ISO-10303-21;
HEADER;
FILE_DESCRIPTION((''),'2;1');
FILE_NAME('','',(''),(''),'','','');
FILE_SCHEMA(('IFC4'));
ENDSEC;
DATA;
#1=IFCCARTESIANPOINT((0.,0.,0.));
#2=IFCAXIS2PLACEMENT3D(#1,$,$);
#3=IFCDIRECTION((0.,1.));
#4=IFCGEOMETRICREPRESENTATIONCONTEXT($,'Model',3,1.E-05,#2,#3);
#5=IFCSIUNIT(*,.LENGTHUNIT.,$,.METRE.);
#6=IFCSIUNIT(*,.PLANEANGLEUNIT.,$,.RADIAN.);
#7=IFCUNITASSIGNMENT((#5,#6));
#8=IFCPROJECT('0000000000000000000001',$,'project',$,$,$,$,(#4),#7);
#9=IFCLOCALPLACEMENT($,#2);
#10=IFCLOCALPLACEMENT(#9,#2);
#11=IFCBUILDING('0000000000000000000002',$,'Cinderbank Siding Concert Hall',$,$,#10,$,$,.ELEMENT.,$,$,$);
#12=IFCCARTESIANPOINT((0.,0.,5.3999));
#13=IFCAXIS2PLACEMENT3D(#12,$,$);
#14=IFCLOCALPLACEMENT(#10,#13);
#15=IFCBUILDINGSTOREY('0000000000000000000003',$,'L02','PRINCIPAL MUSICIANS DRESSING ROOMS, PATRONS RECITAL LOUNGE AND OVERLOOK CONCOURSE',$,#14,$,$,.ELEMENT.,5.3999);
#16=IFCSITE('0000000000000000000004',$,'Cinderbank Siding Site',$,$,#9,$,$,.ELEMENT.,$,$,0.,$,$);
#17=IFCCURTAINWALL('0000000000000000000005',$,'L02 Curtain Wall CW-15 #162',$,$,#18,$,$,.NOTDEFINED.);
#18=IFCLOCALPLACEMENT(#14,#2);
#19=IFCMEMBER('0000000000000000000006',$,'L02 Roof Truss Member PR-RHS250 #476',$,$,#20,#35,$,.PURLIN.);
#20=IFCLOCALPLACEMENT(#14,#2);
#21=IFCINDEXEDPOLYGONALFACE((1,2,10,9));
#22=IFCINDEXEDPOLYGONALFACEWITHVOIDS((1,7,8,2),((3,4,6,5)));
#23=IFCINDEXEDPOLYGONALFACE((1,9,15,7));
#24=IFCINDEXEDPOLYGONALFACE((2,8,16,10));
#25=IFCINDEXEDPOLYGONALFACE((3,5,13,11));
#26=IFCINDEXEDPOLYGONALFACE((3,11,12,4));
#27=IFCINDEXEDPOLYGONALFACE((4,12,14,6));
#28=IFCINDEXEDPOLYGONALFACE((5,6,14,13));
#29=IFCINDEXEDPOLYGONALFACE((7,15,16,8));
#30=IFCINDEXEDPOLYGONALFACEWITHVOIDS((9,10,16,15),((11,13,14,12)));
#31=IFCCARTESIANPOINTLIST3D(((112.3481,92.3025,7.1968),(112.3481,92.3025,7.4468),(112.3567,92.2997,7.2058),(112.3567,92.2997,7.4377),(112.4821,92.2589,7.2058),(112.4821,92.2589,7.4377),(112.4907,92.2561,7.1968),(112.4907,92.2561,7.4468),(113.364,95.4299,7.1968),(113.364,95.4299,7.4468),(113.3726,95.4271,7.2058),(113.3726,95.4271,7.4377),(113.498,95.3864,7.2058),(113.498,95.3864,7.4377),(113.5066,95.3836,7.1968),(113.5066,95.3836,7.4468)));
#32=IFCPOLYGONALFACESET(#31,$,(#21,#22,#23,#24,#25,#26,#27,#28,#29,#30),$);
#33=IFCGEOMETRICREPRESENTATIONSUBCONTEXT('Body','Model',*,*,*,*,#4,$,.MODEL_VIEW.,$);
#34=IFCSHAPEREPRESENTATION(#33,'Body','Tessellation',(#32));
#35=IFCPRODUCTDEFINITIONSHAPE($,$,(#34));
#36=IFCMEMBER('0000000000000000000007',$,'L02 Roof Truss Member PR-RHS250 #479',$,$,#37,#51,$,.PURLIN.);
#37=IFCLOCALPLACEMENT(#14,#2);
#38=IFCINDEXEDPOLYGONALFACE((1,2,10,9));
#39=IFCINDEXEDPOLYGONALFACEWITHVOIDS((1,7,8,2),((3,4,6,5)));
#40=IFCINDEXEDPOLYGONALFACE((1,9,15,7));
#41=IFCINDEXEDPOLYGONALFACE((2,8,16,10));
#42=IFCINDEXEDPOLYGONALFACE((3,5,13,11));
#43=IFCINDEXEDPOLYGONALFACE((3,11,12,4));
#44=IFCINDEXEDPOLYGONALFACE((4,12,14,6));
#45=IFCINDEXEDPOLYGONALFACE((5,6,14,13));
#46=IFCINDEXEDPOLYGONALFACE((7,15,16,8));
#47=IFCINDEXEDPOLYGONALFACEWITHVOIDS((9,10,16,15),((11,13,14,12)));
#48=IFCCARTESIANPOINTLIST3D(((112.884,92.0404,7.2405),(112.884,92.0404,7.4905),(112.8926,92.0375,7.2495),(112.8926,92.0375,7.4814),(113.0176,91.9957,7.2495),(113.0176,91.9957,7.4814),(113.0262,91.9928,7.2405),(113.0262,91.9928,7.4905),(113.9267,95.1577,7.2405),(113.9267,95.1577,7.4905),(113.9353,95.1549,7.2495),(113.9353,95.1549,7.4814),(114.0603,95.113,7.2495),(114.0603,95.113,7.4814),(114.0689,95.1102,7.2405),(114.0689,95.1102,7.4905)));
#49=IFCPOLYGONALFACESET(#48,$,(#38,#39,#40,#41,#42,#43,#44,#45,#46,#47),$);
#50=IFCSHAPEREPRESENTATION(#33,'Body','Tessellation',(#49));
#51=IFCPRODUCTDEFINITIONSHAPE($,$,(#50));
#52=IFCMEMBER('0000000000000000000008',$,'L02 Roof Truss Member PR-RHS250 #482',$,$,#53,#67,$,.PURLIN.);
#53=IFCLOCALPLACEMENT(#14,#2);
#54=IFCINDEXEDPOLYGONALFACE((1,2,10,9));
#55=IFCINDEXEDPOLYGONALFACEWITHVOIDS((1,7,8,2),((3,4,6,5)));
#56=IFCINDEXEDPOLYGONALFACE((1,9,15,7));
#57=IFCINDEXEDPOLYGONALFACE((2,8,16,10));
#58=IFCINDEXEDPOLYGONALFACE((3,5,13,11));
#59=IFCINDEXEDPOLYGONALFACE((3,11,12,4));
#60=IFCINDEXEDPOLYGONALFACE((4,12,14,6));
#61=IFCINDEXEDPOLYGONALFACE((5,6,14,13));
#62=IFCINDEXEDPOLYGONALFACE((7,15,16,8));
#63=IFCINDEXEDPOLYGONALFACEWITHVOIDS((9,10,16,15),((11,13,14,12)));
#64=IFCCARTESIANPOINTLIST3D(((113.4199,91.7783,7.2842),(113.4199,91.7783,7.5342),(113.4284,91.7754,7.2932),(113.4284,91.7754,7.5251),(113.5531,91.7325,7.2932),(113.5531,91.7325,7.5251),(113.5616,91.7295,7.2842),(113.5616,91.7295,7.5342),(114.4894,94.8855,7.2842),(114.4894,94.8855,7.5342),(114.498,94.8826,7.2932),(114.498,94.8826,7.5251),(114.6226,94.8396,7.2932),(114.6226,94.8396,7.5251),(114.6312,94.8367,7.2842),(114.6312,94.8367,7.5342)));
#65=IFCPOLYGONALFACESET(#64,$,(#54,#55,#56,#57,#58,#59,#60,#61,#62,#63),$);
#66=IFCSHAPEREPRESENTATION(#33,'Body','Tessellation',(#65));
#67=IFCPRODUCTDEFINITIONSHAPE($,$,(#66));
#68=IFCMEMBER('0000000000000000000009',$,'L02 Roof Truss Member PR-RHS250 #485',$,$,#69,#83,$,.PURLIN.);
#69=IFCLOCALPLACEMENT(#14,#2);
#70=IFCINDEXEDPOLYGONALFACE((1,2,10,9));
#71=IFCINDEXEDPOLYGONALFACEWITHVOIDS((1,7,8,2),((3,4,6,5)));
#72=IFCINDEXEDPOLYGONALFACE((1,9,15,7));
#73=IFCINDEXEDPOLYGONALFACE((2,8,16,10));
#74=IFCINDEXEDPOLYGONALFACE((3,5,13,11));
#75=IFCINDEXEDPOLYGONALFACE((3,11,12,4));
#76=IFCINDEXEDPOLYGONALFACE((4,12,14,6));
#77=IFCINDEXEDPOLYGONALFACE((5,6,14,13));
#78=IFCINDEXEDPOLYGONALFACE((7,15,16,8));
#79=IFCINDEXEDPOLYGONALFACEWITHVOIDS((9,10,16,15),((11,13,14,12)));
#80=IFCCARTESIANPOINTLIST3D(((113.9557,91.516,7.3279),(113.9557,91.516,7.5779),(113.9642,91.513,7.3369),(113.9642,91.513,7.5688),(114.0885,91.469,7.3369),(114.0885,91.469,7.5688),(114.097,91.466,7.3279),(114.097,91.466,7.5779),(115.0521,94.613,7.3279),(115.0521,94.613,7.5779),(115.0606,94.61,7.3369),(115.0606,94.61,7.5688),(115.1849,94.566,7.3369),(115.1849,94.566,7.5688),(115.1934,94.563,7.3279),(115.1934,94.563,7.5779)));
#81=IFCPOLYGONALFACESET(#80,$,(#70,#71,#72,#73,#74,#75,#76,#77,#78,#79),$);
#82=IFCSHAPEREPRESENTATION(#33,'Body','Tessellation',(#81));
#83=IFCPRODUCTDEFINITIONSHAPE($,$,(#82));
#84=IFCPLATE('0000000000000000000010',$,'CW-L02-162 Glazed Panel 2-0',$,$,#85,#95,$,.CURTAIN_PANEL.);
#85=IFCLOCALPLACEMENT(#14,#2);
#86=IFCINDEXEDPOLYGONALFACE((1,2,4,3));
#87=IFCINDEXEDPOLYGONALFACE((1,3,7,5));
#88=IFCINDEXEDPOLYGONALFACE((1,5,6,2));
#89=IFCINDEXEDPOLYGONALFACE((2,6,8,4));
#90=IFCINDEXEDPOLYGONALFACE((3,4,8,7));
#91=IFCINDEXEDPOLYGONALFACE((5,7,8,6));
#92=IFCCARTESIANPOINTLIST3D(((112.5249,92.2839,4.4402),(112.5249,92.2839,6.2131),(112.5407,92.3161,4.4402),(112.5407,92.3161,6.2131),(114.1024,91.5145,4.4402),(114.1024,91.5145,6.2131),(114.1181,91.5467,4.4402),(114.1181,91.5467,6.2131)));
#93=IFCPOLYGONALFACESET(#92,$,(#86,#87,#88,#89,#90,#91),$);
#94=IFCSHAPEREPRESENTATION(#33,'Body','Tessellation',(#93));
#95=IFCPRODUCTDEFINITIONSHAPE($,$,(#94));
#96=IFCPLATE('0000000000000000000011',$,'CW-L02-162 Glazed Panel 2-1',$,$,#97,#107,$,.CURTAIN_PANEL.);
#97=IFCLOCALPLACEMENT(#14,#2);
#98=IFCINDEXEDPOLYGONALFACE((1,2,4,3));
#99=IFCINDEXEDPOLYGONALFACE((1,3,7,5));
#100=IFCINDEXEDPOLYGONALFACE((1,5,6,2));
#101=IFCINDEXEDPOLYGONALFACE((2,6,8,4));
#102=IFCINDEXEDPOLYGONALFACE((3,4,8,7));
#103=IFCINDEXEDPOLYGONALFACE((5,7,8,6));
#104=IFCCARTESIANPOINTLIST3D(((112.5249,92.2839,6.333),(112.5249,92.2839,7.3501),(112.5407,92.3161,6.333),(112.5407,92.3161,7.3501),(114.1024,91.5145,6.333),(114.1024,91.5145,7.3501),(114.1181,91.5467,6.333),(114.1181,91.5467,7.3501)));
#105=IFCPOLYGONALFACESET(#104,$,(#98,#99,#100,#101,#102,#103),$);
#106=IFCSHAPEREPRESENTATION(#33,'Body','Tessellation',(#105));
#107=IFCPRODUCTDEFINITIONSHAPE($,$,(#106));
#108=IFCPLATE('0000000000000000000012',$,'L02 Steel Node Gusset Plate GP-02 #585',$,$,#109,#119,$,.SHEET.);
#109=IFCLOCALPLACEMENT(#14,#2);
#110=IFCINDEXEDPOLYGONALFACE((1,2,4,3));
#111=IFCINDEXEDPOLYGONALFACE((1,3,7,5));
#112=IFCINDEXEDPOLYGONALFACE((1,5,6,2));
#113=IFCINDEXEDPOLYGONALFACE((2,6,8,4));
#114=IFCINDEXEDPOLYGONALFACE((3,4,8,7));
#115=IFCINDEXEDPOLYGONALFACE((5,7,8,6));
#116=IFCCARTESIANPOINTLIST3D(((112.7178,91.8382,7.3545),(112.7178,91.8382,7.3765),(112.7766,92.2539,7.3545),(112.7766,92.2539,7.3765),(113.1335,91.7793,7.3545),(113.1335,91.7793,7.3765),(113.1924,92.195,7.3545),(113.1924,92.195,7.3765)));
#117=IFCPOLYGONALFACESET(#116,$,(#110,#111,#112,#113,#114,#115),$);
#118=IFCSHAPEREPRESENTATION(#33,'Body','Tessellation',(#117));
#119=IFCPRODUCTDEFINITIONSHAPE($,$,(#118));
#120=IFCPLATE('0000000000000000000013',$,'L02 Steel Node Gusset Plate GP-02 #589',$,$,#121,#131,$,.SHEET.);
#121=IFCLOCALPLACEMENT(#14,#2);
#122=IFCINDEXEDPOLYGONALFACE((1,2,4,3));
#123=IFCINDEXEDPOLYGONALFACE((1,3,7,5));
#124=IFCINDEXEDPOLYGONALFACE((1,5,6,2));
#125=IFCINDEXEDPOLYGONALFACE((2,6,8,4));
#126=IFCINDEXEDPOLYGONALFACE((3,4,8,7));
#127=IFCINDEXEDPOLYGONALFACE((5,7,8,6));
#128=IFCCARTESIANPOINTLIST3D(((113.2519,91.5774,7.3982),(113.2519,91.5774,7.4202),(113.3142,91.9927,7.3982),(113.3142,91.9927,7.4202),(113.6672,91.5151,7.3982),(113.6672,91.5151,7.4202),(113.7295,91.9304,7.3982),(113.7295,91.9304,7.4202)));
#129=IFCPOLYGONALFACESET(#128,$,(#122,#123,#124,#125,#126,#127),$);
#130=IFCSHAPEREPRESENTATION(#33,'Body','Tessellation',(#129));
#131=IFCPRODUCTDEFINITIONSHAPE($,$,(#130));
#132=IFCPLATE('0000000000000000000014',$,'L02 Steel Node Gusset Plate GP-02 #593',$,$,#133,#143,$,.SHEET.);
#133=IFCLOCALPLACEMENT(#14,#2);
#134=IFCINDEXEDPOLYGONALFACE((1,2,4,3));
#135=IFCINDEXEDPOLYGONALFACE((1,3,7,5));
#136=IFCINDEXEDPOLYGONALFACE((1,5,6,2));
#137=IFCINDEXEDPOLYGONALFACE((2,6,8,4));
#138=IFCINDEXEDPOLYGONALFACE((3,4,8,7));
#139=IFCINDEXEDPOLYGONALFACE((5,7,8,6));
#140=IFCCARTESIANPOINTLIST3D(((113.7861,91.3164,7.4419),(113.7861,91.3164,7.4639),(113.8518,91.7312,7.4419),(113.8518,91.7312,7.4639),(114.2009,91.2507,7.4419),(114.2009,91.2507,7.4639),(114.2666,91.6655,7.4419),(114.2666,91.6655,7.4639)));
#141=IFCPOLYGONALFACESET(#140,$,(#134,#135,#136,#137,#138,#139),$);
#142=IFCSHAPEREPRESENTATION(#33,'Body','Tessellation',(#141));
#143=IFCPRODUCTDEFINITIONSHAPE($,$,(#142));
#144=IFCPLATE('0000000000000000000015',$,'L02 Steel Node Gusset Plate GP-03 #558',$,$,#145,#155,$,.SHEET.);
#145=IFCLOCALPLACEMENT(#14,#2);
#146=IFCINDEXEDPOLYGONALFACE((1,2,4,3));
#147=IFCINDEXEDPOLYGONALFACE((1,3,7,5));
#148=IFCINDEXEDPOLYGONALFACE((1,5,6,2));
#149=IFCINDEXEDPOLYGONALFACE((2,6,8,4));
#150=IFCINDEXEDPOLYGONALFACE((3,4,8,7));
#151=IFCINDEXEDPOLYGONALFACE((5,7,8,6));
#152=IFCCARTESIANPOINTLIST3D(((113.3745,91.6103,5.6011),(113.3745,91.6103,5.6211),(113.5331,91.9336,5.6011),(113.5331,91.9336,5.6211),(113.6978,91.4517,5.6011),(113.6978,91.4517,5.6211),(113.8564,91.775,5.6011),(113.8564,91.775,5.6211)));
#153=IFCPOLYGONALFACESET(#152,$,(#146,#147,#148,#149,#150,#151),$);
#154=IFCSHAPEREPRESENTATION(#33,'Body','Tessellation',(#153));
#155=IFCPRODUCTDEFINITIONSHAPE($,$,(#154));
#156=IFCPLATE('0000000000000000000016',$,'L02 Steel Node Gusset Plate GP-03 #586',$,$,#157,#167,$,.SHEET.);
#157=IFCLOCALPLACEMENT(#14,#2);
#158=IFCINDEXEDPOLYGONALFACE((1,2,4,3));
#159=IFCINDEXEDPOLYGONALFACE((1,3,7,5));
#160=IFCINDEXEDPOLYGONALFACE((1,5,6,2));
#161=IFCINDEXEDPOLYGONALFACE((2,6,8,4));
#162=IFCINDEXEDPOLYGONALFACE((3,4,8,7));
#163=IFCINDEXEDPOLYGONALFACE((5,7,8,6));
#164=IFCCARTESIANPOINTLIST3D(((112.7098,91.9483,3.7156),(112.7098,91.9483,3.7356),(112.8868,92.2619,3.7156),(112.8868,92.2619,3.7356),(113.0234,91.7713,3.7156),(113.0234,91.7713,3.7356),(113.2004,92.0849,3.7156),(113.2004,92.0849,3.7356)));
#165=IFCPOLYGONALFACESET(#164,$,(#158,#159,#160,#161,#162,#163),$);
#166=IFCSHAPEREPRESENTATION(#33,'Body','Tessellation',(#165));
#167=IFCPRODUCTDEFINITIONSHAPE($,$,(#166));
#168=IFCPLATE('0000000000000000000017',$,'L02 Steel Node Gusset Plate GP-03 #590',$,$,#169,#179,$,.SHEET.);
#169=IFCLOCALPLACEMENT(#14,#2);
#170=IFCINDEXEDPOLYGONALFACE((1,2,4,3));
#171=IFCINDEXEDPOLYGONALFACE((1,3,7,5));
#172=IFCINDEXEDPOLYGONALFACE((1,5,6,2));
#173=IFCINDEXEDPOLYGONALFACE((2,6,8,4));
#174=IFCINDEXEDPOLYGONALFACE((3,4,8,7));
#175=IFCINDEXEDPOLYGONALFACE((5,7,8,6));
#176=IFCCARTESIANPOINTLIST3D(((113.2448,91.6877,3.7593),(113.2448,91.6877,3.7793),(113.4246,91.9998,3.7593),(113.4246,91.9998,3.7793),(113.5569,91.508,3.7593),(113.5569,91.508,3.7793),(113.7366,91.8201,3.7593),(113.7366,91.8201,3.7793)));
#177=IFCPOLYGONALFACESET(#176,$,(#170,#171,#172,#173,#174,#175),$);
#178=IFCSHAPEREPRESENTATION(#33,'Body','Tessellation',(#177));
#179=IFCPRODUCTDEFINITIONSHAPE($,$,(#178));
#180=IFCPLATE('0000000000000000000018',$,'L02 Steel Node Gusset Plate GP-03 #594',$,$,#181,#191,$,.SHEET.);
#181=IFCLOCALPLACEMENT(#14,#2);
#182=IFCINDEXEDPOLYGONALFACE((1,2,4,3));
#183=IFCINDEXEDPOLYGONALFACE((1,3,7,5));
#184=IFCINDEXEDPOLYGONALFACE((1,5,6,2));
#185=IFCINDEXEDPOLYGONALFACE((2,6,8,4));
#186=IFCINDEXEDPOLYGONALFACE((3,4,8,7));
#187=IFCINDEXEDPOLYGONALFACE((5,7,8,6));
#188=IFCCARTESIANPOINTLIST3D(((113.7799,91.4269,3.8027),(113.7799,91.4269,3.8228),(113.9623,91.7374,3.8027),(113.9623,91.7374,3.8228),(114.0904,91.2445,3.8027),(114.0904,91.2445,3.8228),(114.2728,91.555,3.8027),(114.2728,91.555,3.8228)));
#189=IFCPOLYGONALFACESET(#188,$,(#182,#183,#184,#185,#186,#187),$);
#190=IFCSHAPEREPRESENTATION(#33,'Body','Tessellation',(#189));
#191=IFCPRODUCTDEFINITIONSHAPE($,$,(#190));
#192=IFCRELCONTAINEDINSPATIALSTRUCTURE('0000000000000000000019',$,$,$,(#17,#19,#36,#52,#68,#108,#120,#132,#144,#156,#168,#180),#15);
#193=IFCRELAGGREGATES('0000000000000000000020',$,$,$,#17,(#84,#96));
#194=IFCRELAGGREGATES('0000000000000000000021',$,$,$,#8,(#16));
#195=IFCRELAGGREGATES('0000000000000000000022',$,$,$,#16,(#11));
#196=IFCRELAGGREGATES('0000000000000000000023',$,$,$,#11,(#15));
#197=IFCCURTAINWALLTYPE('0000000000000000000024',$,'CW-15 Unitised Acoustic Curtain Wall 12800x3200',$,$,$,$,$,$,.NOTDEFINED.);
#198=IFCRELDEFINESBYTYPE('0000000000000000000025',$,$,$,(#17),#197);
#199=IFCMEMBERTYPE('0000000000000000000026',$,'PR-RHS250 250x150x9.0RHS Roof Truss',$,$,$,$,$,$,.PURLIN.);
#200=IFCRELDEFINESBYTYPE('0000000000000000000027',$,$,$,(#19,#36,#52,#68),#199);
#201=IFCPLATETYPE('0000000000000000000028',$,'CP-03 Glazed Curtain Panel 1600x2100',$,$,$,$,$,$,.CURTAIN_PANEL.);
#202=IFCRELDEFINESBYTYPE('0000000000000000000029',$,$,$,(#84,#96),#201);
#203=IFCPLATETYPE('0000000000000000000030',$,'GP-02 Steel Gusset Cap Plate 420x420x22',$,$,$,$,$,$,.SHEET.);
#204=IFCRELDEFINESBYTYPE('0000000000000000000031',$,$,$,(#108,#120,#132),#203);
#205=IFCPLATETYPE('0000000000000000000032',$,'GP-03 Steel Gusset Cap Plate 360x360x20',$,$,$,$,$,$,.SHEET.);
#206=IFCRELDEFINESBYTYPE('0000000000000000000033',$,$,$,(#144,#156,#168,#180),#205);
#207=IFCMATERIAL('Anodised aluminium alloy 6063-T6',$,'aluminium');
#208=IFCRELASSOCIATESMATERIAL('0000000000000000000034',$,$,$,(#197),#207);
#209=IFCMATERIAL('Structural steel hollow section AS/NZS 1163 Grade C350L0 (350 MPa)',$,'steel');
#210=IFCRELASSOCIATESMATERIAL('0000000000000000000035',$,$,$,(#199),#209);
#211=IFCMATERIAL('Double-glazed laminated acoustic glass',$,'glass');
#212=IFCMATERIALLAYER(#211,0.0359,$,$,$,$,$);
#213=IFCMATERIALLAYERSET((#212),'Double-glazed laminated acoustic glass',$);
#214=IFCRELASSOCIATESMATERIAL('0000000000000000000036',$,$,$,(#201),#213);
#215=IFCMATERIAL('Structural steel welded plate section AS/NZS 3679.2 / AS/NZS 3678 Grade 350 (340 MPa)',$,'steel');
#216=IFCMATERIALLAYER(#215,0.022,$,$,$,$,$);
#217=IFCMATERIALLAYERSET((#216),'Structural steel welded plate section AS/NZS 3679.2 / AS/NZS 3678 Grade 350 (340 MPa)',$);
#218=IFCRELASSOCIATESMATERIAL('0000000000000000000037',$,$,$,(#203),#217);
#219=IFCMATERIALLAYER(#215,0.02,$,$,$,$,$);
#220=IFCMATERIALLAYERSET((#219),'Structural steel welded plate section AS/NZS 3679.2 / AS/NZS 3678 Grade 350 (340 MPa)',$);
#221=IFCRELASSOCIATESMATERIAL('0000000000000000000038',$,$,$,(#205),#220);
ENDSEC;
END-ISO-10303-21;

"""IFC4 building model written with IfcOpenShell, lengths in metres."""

from ifc_helpers import new_model, si_unit, direction, frame, origin, origin_2d, place, context, subcontext, project, spatial, rectangle, hollow_rectangle, extrude, material, layer, layer_set, material_profile, profile_set, type_object, element, aggregate, save


model = new_model("IFC4")

# Units and contexts
model_context = context("Model", 3, precision=1e-05, world=origin(), true_north=direction((0.0, 1.0)))
body_context = subcontext(model_context, "Body", "Model", "MODEL_VIEW")
ifc_project = project(units=[si_unit("LENGTHUNIT", "METRE"), si_unit("PLANEANGLEUNIT", "RADIAN")], contexts=[model_context])

# Site, building, storey
site_placement = place(None, origin())
site = spatial("IfcSite", under=ifc_project, at=site_placement, Name="Cinderbank Siding Site", CompositionType="ELEMENT", RefElevation=0.0)
building_placement = place(site_placement, origin())
building = spatial("IfcBuilding", under=site, at=building_placement, Name="Cinderbank Siding Concert Hall", CompositionType="ELEMENT")
storey_placement = place(building_placement, frame((0.0, 0.0, 5.3999)))
storey = spatial("IfcBuildingStorey", under=building, at=storey_placement, Name="L02", Description="PRINCIPAL MUSICIANS DRESSING ROOMS, PATRONS RECITAL LOUNGE AND OVERLOOK CONCOURSE", CompositionType="ELEMENT", Elevation=5.3999)

# Shared definitions
ifc_material_1 = material(Name="Structural steel hollow section AS/NZS 1163 Grade C350L0 (350 MPa)", Category="steel")

# Curtain wall
ifc_material_2 = material(Name="Anodised aluminium alloy 6063-T6", Category="aluminium")
curtain_wall_type_1 = type_object("IfcCurtainWallType", Name="CW-15 Unitised Acoustic Curtain Wall 12800x3200", PredefinedType="NOTDEFINED", material=ifc_material_2)
curtain_wall_1_placement = place(storey_placement, origin())
curtain_wall_1 = element("IfcCurtainWall", 1, at=curtain_wall_1_placement, inside=storey, type_object=curtain_wall_type_1, Name="L02 Curtain Wall CW-15 #162", PredefinedType="NOTDEFINED")

# Members
ifc_material_profile_1 = material_profile(ifc_material_1, hollow_rectangle(XDim=0.1499, YDim=0.25, WallThickness=0.009, at=origin_2d()), Name="250x150x9.0RHS", Category="LoadBearing")
ifc_profile_set_1 = profile_set([ifc_material_profile_1], Name="Structural steel hollow section AS/NZS 1163 Grade C350L0 (350 MPa)")
member_type_1 = type_object("IfcMemberType", Name="PR-RHS250 250x150x9.0RHS Roof Truss", PredefinedType="PURLIN", material=ifc_profile_set_1)
member_1_placement = place(storey_placement, frame((112.4194, 92.2793, 7.3218), z_axis=(0.308935, 0.951083, 0.0), x_axis=(-0.951083, 0.308935, 0.0)))
element("IfcMember", 2, at=member_1_placement, inside=storey, type_object=member_type_1, Name="L02 Roof Truss Member PR-RHS250 #476", PredefinedType="PURLIN", context=body_context, shape_type="SweptSolid", body=[
    extrude(hollow_rectangle(XDim=0.1499, YDim=0.25, WallThickness=0.009, at=origin_2d()), origin(), (0.0, 0.0, 1.0), 3.2883),
])
member_2_placement = place(storey_placement, frame((112.9551, 92.0166, 7.3655), z_axis=(0.317208, 0.948356, 0.0), x_axis=(-0.948356, 0.317208, 0.0)))
element("IfcMember", 3, at=member_2_placement, inside=storey, type_object=member_type_1, Name="L02 Roof Truss Member PR-RHS250 #479", PredefinedType="PURLIN", context=body_context, shape_type="SweptSolid", body=[
    extrude(hollow_rectangle(XDim=0.1499, YDim=0.25, WallThickness=0.009, at=origin_2d()), origin(), (0.0, 0.0, 1.0), 3.2871),
])
member_3_placement = place(storey_placement, frame((113.4907, 91.7539, 7.4092), z_axis=(0.325485, 0.945547, 0.0), x_axis=(-0.945547, 0.325485, 0.0)))
element("IfcMember", 4, at=member_3_placement, inside=storey, type_object=member_type_1, Name="L02 Roof Truss Member PR-RHS250 #482", PredefinedType="PURLIN", context=body_context, shape_type="SweptSolid", body=[
    extrude(hollow_rectangle(XDim=0.1499, YDim=0.25, WallThickness=0.009, at=origin_2d()), origin(), (0.0, 0.0, 1.0), 3.2861),
])
member_4_placement = place(storey_placement, frame((114.0264, 91.491, 7.4529), z_axis=(0.333718, 0.942673, 0.0), x_axis=(-0.942673, 0.333718, 0.0)))
element("IfcMember", 5, at=member_4_placement, inside=storey, type_object=member_type_1, Name="L02 Roof Truss Member PR-RHS250 #485", PredefinedType="PURLIN", context=body_context, shape_type="SweptSolid", body=[
    extrude(hollow_rectangle(XDim=0.1499, YDim=0.25, WallThickness=0.009, at=origin_2d()), origin(), (0.0, 0.0, 1.0), 3.2854),
])

# Plates
ifc_material_3 = material(Name="Double-glazed laminated acoustic glass", Category="glass")
ifc_layer_1 = layer(ifc_material_3, 0.0359)
ifc_layer_set_1 = layer_set([ifc_layer_1], Name="Double-glazed laminated acoustic glass")
plate_type_1 = type_object("IfcPlateType", Name="CP-03 Glazed Curtain Panel 1600x2100", PredefinedType="CURTAIN_PANEL", material=ifc_layer_set_1)
plate_1_placement = place(storey_placement, frame((113.3215, 91.9153, 4.4402), z_axis=(0.0, 0.0, 1.0), x_axis=(0.898794, -0.43837, 0.0)))
plate_1 = element("IfcPlate", 6, at=plate_1_placement, type_object=plate_type_1, Name="CW-L02-162 Glazed Panel 2-0", PredefinedType="CURTAIN_PANEL", context=body_context, shape_type="SweptSolid", body=[
    extrude(rectangle(XDim=1.7551, YDim=0.0359, at=origin_2d()), origin(), (0.0, 0.0, 1.0), 1.7729),
])
plate_2_placement = place(storey_placement, frame((113.3215, 91.9153, 6.333), z_axis=(0.0, 0.0, 1.0), x_axis=(0.898794, -0.43837, 0.0)))
plate_2 = element("IfcPlate", 7, at=plate_2_placement, type_object=plate_type_1, Name="CW-L02-162 Glazed Panel 2-1", PredefinedType="CURTAIN_PANEL", context=body_context, shape_type="SweptSolid", body=[
    extrude(rectangle(XDim=1.7551, YDim=0.0359, at=origin_2d()), origin(), (0.0, 0.0, 1.0), 1.0171),
])
aggregate(curtain_wall_1, [plate_1, plate_2])

# Plates
ifc_material_4 = material(Name="Structural steel welded plate section AS/NZS 3679.2 / AS/NZS 3678 Grade 350 (340 MPa)", Category="steel")
ifc_layer_2 = layer(ifc_material_4, 0.022)
ifc_layer_set_2 = layer_set([ifc_layer_2], Name="Structural steel welded plate section AS/NZS 3679.2 / AS/NZS 3678 Grade 350 (340 MPa)")
plate_type_2 = type_object("IfcPlateType", Name="GP-02 Steel Gusset Cap Plate 420x420x22", PredefinedType="SHEET", material=ifc_layer_set_2)
for number, where, z_axis, x_axis, name in (
    (8, (112.9551, 92.0166, 7.3545), (0.0, 0.0, 1.0), (-0.14021, -0.990122, 0.0), "L02 Steel Node Gusset Plate GP-02 #585"),
    (9, (113.4907, 91.7539, 7.3982), (0.0, 0.0, 1.0), (-0.148327, -0.988938, 0.0), "L02 Steel Node Gusset Plate GP-02 #589"),
    (10, (114.0264, 91.491, 7.4419), (0.0, 0.0, 1.0), (-0.156434, -0.987688, 0.0), "L02 Steel Node Gusset Plate GP-02 #593"),
):
    element("IfcPlate", number, at=place(storey_placement, frame(where, z_axis=z_axis, x_axis=x_axis)), inside=storey, type_object=plate_type_2, Name=name, PredefinedType="SHEET", context=body_context, shape_type="SweptSolid", body=[
        extrude(rectangle(XDim=0.4199, YDim=0.4199, at=origin_2d()), origin(), (0.0, 0.0, 1.0), 0.022),
    ])
ifc_layer_3 = layer(ifc_material_4, 0.02)
ifc_layer_set_3 = layer_set([ifc_layer_3], Name="Structural steel welded plate section AS/NZS 3679.2 / AS/NZS 3678 Grade 350 (340 MPa)")
plate_type_3 = type_object("IfcPlateType", Name="GP-03 Steel Gusset Cap Plate 360x360x20", PredefinedType="SHEET", material=ifc_layer_set_3)
for number, where, z_axis, x_axis, name in (
    (11, (113.6155, 91.6926, 5.6011), (0.0, 0.0, 1.0), (0.897797, -0.440409, 0.0), "L02 Steel Node Gusset Plate GP-03 #558"),
    (12, (112.9551, 92.0166, 3.7156), (0.0, 0.0, 1.0), (0.491512, 0.870871, 0.0), "L02 Steel Node Gusset Plate GP-03 #586"),
    (13, (113.4907, 91.7539, 3.7593), (0.0, 0.0, 1.0), (0.499093, 0.866549, 0.0), "L02 Steel Node Gusset Plate GP-03 #590"),
    (14, (114.0264, 91.491, 3.8027), (0.0, 0.0, 1.0), (0.506485, 0.862249, 0.0), "L02 Steel Node Gusset Plate GP-03 #594"),
):
    element("IfcPlate", number, at=place(storey_placement, frame(where, z_axis=z_axis, x_axis=x_axis)), inside=storey, type_object=plate_type_3, Name=name, PredefinedType="SHEET", context=body_context, shape_type="SweptSolid", body=[
        extrude(rectangle(XDim=0.3601, YDim=0.3601, at=origin_2d()), origin(), (0.0, 0.0, 1.0), 0.02),
    ])

save(model, "model.ifc")
